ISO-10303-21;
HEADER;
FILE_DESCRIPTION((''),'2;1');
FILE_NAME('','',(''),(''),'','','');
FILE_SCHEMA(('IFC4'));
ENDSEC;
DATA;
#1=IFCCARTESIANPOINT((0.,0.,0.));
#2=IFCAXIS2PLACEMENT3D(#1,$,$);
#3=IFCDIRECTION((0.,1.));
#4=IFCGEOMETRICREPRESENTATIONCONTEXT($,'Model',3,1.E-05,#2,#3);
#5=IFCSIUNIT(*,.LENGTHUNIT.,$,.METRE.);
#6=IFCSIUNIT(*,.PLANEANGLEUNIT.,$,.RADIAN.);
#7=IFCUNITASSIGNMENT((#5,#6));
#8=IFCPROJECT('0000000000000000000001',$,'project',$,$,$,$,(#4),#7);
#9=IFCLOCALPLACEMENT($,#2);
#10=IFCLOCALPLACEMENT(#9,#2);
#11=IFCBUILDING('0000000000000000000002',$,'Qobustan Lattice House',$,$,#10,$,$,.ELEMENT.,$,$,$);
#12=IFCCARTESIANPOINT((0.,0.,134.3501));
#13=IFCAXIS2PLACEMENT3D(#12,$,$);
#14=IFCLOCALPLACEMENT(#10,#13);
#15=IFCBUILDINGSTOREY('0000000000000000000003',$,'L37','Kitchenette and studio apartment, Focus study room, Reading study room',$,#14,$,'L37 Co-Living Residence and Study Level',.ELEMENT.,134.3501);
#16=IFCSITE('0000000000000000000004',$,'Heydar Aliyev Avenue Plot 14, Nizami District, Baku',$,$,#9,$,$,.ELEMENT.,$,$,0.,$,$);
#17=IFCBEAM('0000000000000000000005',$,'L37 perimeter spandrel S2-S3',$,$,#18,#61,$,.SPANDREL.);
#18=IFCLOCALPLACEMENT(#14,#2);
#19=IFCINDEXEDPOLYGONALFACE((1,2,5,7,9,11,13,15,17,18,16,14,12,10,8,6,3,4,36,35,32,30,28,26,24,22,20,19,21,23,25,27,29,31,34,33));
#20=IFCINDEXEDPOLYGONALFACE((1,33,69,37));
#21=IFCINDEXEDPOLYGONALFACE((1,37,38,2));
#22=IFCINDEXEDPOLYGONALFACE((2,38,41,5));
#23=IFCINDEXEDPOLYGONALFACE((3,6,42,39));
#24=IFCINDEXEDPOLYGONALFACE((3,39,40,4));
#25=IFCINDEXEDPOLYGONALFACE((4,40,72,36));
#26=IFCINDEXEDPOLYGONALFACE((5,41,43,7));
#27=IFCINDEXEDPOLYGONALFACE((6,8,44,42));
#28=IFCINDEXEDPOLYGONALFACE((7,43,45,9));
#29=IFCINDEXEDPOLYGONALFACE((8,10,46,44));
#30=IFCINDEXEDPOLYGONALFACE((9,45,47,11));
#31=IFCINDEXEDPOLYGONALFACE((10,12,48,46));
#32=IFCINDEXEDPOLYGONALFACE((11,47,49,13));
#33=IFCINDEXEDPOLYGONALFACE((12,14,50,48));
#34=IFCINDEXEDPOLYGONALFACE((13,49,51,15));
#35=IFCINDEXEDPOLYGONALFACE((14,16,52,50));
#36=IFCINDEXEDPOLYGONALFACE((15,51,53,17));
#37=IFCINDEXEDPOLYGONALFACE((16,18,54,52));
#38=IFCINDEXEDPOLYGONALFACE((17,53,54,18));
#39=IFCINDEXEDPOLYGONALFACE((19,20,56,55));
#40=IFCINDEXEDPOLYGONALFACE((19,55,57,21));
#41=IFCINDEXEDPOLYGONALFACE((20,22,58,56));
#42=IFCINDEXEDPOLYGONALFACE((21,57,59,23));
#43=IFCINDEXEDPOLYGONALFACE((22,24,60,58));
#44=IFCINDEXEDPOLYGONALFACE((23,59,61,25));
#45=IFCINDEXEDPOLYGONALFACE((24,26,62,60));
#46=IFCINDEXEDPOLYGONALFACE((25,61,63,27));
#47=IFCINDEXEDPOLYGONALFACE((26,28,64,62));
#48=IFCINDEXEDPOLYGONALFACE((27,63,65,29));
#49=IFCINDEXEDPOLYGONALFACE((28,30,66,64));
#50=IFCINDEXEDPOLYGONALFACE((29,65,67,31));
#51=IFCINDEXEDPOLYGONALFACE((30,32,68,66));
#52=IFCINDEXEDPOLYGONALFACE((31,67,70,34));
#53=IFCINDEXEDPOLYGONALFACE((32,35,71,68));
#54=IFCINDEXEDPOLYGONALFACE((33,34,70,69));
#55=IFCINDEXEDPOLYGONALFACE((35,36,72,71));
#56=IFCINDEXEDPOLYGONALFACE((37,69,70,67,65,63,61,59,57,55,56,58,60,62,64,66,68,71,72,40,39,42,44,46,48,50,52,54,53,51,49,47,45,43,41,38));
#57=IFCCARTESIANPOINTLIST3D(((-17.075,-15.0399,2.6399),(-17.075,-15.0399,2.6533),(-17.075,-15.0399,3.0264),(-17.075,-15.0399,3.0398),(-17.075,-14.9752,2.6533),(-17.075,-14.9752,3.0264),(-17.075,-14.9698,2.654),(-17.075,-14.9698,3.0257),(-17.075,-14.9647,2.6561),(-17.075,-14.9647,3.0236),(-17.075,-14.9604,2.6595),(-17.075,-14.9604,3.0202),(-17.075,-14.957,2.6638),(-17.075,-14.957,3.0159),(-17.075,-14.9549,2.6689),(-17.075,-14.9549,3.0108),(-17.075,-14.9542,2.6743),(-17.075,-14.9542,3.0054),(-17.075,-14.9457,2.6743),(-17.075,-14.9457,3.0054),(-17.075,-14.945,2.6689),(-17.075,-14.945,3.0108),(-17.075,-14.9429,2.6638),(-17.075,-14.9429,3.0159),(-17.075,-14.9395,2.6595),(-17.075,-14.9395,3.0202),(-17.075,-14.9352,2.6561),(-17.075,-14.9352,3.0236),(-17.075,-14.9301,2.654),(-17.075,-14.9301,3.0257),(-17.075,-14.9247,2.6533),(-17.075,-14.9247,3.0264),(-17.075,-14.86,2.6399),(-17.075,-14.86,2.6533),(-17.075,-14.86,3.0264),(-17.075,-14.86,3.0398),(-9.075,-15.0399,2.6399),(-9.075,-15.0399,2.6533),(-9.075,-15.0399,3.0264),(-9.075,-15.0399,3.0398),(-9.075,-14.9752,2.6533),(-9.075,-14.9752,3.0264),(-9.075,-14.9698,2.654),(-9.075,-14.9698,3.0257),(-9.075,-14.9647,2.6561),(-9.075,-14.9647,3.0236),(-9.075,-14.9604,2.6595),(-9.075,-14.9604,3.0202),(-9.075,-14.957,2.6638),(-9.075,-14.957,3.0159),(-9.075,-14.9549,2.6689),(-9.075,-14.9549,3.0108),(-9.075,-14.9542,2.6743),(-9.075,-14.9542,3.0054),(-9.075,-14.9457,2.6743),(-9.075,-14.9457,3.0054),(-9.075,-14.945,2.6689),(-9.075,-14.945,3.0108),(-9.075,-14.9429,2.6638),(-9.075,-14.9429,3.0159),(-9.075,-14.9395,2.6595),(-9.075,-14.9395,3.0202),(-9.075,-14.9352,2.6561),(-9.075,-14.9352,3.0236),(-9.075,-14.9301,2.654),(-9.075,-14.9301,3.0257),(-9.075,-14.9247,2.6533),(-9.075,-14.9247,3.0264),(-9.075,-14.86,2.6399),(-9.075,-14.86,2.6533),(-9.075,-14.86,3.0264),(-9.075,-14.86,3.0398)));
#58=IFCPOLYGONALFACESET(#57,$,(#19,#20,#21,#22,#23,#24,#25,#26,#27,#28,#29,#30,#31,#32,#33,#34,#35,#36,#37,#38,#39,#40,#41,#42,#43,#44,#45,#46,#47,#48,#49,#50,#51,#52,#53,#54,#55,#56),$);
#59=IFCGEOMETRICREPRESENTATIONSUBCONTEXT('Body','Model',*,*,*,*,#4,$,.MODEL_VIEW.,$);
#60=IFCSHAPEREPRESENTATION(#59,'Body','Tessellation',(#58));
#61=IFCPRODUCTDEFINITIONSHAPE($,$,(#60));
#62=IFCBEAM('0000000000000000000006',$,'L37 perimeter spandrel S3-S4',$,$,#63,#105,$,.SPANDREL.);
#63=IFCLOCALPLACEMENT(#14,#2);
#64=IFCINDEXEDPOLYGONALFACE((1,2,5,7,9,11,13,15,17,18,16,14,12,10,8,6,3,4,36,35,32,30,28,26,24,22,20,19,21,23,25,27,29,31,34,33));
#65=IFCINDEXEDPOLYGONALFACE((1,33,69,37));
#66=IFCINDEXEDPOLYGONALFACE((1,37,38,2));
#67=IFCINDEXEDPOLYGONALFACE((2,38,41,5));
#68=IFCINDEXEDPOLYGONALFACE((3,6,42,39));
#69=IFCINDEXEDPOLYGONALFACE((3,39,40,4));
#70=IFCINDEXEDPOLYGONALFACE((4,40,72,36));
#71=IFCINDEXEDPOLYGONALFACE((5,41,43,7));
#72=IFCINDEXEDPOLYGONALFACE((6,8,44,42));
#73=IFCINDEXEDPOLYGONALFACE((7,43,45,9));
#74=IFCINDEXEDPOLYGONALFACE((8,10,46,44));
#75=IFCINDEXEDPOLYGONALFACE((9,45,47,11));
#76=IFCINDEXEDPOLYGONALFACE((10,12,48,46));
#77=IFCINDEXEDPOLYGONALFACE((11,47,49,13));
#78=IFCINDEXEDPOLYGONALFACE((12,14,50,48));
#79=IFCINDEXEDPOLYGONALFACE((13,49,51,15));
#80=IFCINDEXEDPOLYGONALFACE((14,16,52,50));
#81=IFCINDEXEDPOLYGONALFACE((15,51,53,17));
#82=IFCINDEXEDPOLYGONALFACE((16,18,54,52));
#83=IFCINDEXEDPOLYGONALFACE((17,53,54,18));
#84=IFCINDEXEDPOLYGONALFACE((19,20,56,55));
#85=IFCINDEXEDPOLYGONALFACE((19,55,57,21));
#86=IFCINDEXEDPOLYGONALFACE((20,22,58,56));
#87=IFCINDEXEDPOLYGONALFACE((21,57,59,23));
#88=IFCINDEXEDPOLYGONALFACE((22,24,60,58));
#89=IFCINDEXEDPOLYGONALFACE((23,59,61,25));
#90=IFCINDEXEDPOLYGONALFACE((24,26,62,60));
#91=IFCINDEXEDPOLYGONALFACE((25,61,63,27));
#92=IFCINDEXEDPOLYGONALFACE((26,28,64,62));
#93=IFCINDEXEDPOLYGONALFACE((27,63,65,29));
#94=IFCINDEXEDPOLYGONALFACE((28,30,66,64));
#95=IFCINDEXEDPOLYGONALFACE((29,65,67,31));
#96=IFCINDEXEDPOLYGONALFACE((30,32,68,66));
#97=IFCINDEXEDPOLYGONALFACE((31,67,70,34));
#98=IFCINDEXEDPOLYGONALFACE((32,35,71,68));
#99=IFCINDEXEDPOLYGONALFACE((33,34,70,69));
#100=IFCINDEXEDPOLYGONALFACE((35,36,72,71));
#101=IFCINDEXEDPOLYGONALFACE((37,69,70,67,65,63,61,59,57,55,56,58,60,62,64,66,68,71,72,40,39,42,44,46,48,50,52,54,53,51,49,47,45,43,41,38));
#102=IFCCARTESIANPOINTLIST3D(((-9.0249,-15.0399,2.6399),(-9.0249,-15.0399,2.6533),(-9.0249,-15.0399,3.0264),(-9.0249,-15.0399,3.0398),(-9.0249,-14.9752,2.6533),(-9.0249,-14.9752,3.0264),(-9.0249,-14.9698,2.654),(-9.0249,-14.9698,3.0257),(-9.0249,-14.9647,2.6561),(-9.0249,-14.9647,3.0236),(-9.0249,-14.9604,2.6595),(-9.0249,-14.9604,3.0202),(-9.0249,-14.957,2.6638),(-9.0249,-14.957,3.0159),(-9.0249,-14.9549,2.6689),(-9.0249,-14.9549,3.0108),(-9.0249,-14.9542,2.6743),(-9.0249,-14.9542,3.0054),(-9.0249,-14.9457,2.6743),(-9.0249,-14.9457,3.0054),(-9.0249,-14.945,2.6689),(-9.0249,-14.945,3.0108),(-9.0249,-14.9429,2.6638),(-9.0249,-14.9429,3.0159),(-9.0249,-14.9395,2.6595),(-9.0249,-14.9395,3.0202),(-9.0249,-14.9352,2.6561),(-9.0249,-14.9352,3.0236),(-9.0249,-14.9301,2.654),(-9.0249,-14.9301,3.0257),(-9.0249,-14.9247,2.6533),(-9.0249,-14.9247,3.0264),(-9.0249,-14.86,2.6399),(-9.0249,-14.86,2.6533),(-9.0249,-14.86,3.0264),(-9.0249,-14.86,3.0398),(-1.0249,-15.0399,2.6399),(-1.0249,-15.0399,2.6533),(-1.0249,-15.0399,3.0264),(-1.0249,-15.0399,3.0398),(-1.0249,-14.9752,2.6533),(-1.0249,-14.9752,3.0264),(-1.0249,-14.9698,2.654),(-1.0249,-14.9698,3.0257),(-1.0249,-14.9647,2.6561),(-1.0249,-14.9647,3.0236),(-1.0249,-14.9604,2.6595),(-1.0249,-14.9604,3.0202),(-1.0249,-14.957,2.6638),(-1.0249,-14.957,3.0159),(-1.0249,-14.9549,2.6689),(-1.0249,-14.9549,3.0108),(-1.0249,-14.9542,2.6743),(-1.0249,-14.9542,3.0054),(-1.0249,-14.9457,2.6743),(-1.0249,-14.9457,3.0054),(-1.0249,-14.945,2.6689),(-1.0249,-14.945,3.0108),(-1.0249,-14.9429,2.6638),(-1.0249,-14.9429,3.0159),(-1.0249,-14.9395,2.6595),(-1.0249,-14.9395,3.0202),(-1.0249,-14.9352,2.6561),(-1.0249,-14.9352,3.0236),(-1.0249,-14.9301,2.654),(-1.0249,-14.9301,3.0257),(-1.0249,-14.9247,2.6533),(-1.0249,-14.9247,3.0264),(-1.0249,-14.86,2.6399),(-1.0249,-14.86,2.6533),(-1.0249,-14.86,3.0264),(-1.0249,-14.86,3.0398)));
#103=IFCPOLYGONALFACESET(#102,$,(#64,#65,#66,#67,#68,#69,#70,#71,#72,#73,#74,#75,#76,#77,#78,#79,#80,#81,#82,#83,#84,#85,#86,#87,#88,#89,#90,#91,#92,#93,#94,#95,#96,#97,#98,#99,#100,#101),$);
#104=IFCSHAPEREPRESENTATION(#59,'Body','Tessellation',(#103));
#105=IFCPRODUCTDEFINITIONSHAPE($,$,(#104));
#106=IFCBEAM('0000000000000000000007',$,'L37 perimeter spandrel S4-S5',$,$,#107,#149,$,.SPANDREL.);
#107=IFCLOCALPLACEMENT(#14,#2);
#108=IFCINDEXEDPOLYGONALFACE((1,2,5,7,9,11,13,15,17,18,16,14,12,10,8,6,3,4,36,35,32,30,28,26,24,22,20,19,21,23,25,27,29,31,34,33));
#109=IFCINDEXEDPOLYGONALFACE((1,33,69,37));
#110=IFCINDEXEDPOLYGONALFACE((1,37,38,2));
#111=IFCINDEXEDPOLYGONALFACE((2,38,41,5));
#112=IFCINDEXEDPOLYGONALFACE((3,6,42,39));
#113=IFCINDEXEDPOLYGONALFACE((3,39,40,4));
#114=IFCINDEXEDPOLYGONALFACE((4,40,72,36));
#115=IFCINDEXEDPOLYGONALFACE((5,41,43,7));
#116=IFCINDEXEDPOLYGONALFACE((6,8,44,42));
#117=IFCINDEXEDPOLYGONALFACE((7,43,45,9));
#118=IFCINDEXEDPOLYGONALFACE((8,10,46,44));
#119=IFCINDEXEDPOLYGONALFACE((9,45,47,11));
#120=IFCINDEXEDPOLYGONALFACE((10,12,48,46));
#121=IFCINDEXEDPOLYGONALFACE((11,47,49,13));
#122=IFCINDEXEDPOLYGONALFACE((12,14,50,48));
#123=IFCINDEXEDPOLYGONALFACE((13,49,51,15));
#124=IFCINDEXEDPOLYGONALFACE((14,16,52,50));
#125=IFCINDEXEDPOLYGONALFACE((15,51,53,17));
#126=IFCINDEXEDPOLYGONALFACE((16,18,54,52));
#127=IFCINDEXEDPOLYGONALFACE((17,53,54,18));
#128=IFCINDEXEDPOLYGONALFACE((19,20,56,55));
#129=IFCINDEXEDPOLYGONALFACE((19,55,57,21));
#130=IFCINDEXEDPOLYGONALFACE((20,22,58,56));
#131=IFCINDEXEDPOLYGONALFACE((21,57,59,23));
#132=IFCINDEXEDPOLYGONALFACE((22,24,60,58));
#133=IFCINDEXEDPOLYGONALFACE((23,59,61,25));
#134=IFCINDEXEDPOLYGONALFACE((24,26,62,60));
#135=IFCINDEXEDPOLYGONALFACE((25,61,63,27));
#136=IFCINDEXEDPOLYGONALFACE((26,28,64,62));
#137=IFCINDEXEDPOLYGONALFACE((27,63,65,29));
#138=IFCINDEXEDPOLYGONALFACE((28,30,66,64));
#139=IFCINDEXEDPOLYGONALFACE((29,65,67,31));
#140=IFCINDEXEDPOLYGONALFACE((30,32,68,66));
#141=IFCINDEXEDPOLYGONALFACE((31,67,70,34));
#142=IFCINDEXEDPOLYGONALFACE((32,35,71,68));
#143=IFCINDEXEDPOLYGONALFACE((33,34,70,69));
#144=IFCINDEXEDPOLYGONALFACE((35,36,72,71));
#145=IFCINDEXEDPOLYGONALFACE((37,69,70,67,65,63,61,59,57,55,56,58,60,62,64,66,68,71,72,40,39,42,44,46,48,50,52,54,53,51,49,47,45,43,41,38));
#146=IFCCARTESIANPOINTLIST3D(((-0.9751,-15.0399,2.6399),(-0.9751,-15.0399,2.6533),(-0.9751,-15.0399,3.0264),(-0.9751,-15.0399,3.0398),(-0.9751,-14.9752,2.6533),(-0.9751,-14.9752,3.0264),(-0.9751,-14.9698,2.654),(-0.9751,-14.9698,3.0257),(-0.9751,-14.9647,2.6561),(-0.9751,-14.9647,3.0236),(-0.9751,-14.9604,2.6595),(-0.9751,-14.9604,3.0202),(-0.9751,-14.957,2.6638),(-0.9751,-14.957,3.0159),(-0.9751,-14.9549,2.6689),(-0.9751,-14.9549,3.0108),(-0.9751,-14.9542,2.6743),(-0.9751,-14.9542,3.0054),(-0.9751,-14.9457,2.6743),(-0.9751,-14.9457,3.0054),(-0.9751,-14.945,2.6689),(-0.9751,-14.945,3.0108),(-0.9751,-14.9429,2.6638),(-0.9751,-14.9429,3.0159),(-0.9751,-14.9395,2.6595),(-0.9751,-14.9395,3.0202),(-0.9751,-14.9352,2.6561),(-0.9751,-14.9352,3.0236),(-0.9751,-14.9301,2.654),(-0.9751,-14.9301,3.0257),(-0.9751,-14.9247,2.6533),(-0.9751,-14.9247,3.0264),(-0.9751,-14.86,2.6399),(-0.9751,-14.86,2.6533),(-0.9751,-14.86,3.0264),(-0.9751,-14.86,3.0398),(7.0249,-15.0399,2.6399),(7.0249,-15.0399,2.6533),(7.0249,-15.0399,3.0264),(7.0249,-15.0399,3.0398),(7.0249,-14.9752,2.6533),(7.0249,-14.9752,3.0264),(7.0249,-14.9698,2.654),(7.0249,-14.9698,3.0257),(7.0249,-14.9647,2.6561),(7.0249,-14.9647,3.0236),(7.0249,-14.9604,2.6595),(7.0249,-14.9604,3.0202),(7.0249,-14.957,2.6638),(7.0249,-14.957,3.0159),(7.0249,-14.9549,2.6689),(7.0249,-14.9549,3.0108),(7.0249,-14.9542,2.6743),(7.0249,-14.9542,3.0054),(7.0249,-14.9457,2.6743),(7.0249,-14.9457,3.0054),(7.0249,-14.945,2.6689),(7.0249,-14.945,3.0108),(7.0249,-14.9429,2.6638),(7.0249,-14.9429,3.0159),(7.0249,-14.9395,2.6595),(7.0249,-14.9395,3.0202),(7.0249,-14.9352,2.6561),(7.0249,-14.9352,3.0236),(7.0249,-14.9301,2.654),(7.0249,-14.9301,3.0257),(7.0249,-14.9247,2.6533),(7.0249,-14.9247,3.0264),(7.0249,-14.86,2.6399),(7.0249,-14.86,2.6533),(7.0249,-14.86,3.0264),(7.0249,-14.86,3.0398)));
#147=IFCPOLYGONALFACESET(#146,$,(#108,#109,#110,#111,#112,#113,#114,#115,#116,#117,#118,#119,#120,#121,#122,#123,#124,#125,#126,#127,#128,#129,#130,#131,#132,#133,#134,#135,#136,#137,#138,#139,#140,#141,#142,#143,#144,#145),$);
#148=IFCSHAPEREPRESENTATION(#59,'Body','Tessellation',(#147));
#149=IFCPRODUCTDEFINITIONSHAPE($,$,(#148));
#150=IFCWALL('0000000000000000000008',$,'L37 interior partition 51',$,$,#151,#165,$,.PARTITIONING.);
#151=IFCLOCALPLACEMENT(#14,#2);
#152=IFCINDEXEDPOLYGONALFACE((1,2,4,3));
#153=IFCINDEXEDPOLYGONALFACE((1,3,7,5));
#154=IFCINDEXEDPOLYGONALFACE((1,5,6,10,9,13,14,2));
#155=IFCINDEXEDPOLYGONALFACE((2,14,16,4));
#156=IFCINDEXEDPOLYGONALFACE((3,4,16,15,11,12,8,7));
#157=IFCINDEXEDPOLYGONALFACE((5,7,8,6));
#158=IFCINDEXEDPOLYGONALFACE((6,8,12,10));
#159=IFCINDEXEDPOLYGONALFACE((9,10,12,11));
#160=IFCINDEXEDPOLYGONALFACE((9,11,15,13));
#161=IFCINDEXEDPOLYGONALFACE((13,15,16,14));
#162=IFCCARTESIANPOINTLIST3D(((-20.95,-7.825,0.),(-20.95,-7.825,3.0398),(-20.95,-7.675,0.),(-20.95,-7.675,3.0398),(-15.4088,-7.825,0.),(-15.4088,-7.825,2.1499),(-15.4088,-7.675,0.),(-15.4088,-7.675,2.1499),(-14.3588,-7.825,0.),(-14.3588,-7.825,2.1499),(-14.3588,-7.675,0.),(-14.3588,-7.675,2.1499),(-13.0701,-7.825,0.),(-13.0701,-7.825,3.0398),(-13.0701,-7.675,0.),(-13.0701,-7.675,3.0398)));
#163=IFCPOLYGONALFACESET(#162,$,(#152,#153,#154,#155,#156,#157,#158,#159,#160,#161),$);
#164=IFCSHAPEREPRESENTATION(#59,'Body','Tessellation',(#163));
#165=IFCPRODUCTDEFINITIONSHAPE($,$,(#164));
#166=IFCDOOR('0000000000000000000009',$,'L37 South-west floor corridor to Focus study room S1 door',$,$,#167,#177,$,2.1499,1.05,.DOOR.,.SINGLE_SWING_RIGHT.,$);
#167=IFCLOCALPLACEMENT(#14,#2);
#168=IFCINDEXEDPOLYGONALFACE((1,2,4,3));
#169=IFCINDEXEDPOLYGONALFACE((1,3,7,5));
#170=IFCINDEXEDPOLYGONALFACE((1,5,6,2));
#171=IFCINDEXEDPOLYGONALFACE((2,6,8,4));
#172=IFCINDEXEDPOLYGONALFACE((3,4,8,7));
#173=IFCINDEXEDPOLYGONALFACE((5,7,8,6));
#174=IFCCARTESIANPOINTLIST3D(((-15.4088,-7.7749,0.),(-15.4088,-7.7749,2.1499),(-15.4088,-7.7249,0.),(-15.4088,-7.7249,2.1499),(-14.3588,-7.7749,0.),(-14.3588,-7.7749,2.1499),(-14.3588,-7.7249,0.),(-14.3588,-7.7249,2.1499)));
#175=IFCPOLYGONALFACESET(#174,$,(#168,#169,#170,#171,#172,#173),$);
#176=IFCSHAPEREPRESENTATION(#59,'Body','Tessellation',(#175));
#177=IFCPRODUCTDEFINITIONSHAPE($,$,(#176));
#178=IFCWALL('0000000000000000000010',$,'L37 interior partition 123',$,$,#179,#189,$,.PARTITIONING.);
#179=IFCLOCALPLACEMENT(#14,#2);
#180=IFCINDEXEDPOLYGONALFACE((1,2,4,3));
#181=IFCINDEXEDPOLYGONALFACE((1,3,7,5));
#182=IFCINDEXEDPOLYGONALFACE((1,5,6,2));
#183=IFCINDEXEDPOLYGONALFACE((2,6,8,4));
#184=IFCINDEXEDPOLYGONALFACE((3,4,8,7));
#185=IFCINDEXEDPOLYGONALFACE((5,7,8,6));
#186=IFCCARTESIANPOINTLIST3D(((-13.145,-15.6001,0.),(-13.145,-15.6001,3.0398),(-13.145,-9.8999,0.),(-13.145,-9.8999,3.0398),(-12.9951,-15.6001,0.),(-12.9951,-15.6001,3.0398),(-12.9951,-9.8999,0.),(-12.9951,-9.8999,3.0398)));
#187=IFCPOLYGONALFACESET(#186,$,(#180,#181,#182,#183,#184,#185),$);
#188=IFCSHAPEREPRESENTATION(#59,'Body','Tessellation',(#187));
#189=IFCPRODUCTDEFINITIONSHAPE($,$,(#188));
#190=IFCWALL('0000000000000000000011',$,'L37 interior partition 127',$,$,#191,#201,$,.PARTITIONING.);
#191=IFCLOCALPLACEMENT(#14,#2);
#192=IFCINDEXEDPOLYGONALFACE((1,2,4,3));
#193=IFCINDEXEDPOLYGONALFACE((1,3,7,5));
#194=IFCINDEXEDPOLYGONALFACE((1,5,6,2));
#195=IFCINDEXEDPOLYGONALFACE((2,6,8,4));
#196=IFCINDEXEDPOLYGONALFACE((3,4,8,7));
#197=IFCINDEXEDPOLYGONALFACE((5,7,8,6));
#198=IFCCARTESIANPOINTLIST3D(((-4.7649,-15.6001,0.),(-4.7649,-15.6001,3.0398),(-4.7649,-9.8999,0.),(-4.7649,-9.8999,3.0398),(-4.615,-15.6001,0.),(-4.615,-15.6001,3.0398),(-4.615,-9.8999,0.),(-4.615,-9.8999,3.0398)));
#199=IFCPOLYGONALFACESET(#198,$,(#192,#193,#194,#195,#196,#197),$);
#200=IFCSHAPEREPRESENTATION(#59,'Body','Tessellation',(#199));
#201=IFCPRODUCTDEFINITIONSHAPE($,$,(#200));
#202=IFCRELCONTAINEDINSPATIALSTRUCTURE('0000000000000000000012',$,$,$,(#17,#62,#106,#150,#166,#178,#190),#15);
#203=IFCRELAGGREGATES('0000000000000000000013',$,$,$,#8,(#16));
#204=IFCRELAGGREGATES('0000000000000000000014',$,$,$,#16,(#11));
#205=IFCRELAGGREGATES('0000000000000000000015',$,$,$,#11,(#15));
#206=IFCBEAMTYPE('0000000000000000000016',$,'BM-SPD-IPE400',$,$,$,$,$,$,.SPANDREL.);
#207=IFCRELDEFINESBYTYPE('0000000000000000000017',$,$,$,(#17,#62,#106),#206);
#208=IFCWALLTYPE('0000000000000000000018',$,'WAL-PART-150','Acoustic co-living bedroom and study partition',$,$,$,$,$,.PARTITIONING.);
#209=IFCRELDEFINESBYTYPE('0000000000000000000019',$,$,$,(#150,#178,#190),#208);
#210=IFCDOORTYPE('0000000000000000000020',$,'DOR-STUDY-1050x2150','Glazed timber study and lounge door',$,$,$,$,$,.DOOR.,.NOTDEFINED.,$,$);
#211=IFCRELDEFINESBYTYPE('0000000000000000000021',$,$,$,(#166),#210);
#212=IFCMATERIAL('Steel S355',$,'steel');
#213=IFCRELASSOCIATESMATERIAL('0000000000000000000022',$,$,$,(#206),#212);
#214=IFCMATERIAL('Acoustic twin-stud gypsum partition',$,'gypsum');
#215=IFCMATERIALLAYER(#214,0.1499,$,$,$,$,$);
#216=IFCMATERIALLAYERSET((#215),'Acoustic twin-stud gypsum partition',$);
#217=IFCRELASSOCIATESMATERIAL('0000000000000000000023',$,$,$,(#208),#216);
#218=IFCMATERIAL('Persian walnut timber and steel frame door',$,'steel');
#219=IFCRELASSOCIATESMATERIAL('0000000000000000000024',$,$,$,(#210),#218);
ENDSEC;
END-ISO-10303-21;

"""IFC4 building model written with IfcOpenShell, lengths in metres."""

from ifc_helpers import new_model, si_unit, direction, frame, frame_2d, origin, origin_2d, place, context, subcontext, project, spatial, rectangle, i_section, extrude, material, layer, layer_set, material_profile, profile_set, type_object, element, fill, save


model = new_model("IFC4")

# Units and contexts
model_context = context("Model", 3, precision=1e-05, world=origin(), true_north=direction((0.0, 1.0)))
body_context = subcontext(model_context, "Body", "Model", "MODEL_VIEW")
ifc_project = project(units=[si_unit("LENGTHUNIT", "METRE"), si_unit("PLANEANGLEUNIT", "RADIAN")], contexts=[model_context])

# Site, building, storey
site_placement = place(None, origin())
site = spatial("IfcSite", under=ifc_project, at=site_placement, Name="Heydar Aliyev Avenue Plot 14, Nizami District, Baku", CompositionType="ELEMENT", RefElevation=0.0)
building_placement = place(site_placement, origin())
building = spatial("IfcBuilding", under=site, at=building_placement, Name="Qobustan Lattice House", CompositionType="ELEMENT")
storey_placement = place(building_placement, frame((0.0, 0.0, 134.3501)))
storey = spatial("IfcBuildingStorey", under=building, at=storey_placement, Name="L37", Description="Kitchenette and studio apartment, Focus study room, Reading study room", LongName="L37 Co-Living Residence and Study Level", CompositionType="ELEMENT", Elevation=134.3501)

# Beams
ifc_material_1 = material(Name="Steel S355", Category="steel")
ifc_material_profile_1 = material_profile(ifc_material_1, i_section(OverallWidth=0.1799, OverallDepth=0.3999, WebThickness=0.0085, FlangeThickness=0.0134, FilletRadius=0.021, at=origin_2d()), Name="IPE400")
ifc_profile_set_1 = profile_set([ifc_material_profile_1], Name="Steel S355")
beam_type_1 = type_object("IfcBeamType", Name="BM-SPD-IPE400", PredefinedType="SPANDREL", material=ifc_profile_set_1)
for number, where, z_axis, x_axis, name in (
    (1, (-17.075, -14.95, 2.8398), (1.0, 0.0, 0.0), (0.0, 1.0, 0.0), "L37 perimeter spandrel S2-S3"),
    (2, (-9.0249, -14.95, 2.8398), (1.0, 0.0, 0.0), (0.0, 1.0, 0.0), "L37 perimeter spandrel S3-S4"),
    (3, (-0.9751, -14.95, 2.8398), (1.0, 0.0, 0.0), (0.0, 1.0, 0.0), "L37 perimeter spandrel S4-S5"),
):
    element("IfcBeam", number, at=place(storey_placement, frame(where, z_axis=z_axis, x_axis=x_axis)), inside=storey, type_object=beam_type_1, Name=name, PredefinedType="SPANDREL", context=body_context, shape_type="SweptSolid", body=[
        extrude(i_section(OverallWidth=0.1799, OverallDepth=0.3999, WebThickness=0.0085, FlangeThickness=0.0134, FilletRadius=0.021, at=origin_2d()), origin(), (0.0, 0.0, 1.0), 8.0),
    ])

# Wall, opening, door
ifc_material_2 = material(Name="Acoustic twin-stud gypsum partition", Category="gypsum")
ifc_layer_1 = layer(ifc_material_2, 0.1499)
ifc_layer_set_1 = layer_set([ifc_layer_1], Name="Acoustic twin-stud gypsum partition")
wall_type_1 = type_object("IfcWallType", Name="WAL-PART-150", Description="Acoustic co-living bedroom and study partition", PredefinedType="PARTITIONING", material=ifc_layer_set_1)
wall_1_placement = place(storey_placement, frame((-13.0701, -7.75, 0.0), z_axis=(0.0, 0.0, 1.0), x_axis=(-1.0, 0.0, 0.0)))
wall_1 = element("IfcWall", 4, at=wall_1_placement, inside=storey, type_object=wall_type_1, Name="L37 interior partition 51", PredefinedType="PARTITIONING", context=body_context, shape_type="SweptSolid", body=[
    extrude(rectangle(XDim=7.8799, YDim=0.1499, at=frame_2d((3.9399, 0.0))), origin(), (0.0, 0.0, 1.0), 3.0398),
])
opening_1_placement = place(wall_1_placement, frame((1.2888, 0.0, 0.0)))
opening_1 = element("IfcOpeningElement", 5, at=opening_1_placement, cuts=wall_1, PredefinedType="OPENING", context=body_context, shape_type="SweptSolid", body=[
    extrude(rectangle(XDim=1.05, YDim=2.1499, at=frame_2d((0.5249, 1.075))), frame((0.0, 0.085, 0.0), z_axis=(0.0, -1.0, 0.0), x_axis=(1.0, 0.0, 0.0)), (0.0, 0.0, 1.0), 0.1699),
])
ifc_material_3 = material(Name="Persian walnut timber and steel frame door", Category="steel")
door_type_1 = type_object("IfcDoorType", Name="DOR-STUDY-1050x2150", Description="Glazed timber study and lounge door", OperationType="NOTDEFINED", PredefinedType="DOOR", material=ifc_material_3)
door_1_placement = place(opening_1_placement, origin())
door_1 = element("IfcDoor", 6, at=door_1_placement, inside=storey, type_object=door_type_1, Name="L37 South-west floor corridor to Focus study room S1 door", OperationType="SINGLE_SWING_RIGHT", OverallHeight=2.1499, OverallWidth=1.05, PredefinedType="DOOR", context=body_context, shape_type="SweptSolid", body=[
    extrude(rectangle(XDim=1.05, YDim=2.1499, at=frame_2d((0.5249, 1.075))), frame((0.0, 0.0249, 0.0), z_axis=(0.0, -1.0, 0.0), x_axis=(1.0, 0.0, 0.0)), (0.0, 0.0, 1.0), 0.05),
])
fill(opening_1, door_1)

# Walls
for number, where, z_axis, x_axis, name in (
    (7, (-13.0701, -9.8999, 0.0), (0.0, 0.0, 1.0), (0.0, -1.0, 0.0), "L37 interior partition 123"),
    (8, (-4.6899, -9.8999, 0.0), (0.0, 0.0, 1.0), (0.0, -1.0, 0.0), "L37 interior partition 127"),
):
    element("IfcWall", number, at=place(storey_placement, frame(where, z_axis=z_axis, x_axis=x_axis)), inside=storey, type_object=wall_type_1, Name=name, PredefinedType="PARTITIONING", context=body_context, shape_type="SweptSolid", body=[
        extrude(rectangle(XDim=5.7002, YDim=0.1499, at=frame_2d((2.8501, 0.0))), origin(), (0.0, 0.0, 1.0), 3.0398),
    ])

save(model, "model.ifc")
